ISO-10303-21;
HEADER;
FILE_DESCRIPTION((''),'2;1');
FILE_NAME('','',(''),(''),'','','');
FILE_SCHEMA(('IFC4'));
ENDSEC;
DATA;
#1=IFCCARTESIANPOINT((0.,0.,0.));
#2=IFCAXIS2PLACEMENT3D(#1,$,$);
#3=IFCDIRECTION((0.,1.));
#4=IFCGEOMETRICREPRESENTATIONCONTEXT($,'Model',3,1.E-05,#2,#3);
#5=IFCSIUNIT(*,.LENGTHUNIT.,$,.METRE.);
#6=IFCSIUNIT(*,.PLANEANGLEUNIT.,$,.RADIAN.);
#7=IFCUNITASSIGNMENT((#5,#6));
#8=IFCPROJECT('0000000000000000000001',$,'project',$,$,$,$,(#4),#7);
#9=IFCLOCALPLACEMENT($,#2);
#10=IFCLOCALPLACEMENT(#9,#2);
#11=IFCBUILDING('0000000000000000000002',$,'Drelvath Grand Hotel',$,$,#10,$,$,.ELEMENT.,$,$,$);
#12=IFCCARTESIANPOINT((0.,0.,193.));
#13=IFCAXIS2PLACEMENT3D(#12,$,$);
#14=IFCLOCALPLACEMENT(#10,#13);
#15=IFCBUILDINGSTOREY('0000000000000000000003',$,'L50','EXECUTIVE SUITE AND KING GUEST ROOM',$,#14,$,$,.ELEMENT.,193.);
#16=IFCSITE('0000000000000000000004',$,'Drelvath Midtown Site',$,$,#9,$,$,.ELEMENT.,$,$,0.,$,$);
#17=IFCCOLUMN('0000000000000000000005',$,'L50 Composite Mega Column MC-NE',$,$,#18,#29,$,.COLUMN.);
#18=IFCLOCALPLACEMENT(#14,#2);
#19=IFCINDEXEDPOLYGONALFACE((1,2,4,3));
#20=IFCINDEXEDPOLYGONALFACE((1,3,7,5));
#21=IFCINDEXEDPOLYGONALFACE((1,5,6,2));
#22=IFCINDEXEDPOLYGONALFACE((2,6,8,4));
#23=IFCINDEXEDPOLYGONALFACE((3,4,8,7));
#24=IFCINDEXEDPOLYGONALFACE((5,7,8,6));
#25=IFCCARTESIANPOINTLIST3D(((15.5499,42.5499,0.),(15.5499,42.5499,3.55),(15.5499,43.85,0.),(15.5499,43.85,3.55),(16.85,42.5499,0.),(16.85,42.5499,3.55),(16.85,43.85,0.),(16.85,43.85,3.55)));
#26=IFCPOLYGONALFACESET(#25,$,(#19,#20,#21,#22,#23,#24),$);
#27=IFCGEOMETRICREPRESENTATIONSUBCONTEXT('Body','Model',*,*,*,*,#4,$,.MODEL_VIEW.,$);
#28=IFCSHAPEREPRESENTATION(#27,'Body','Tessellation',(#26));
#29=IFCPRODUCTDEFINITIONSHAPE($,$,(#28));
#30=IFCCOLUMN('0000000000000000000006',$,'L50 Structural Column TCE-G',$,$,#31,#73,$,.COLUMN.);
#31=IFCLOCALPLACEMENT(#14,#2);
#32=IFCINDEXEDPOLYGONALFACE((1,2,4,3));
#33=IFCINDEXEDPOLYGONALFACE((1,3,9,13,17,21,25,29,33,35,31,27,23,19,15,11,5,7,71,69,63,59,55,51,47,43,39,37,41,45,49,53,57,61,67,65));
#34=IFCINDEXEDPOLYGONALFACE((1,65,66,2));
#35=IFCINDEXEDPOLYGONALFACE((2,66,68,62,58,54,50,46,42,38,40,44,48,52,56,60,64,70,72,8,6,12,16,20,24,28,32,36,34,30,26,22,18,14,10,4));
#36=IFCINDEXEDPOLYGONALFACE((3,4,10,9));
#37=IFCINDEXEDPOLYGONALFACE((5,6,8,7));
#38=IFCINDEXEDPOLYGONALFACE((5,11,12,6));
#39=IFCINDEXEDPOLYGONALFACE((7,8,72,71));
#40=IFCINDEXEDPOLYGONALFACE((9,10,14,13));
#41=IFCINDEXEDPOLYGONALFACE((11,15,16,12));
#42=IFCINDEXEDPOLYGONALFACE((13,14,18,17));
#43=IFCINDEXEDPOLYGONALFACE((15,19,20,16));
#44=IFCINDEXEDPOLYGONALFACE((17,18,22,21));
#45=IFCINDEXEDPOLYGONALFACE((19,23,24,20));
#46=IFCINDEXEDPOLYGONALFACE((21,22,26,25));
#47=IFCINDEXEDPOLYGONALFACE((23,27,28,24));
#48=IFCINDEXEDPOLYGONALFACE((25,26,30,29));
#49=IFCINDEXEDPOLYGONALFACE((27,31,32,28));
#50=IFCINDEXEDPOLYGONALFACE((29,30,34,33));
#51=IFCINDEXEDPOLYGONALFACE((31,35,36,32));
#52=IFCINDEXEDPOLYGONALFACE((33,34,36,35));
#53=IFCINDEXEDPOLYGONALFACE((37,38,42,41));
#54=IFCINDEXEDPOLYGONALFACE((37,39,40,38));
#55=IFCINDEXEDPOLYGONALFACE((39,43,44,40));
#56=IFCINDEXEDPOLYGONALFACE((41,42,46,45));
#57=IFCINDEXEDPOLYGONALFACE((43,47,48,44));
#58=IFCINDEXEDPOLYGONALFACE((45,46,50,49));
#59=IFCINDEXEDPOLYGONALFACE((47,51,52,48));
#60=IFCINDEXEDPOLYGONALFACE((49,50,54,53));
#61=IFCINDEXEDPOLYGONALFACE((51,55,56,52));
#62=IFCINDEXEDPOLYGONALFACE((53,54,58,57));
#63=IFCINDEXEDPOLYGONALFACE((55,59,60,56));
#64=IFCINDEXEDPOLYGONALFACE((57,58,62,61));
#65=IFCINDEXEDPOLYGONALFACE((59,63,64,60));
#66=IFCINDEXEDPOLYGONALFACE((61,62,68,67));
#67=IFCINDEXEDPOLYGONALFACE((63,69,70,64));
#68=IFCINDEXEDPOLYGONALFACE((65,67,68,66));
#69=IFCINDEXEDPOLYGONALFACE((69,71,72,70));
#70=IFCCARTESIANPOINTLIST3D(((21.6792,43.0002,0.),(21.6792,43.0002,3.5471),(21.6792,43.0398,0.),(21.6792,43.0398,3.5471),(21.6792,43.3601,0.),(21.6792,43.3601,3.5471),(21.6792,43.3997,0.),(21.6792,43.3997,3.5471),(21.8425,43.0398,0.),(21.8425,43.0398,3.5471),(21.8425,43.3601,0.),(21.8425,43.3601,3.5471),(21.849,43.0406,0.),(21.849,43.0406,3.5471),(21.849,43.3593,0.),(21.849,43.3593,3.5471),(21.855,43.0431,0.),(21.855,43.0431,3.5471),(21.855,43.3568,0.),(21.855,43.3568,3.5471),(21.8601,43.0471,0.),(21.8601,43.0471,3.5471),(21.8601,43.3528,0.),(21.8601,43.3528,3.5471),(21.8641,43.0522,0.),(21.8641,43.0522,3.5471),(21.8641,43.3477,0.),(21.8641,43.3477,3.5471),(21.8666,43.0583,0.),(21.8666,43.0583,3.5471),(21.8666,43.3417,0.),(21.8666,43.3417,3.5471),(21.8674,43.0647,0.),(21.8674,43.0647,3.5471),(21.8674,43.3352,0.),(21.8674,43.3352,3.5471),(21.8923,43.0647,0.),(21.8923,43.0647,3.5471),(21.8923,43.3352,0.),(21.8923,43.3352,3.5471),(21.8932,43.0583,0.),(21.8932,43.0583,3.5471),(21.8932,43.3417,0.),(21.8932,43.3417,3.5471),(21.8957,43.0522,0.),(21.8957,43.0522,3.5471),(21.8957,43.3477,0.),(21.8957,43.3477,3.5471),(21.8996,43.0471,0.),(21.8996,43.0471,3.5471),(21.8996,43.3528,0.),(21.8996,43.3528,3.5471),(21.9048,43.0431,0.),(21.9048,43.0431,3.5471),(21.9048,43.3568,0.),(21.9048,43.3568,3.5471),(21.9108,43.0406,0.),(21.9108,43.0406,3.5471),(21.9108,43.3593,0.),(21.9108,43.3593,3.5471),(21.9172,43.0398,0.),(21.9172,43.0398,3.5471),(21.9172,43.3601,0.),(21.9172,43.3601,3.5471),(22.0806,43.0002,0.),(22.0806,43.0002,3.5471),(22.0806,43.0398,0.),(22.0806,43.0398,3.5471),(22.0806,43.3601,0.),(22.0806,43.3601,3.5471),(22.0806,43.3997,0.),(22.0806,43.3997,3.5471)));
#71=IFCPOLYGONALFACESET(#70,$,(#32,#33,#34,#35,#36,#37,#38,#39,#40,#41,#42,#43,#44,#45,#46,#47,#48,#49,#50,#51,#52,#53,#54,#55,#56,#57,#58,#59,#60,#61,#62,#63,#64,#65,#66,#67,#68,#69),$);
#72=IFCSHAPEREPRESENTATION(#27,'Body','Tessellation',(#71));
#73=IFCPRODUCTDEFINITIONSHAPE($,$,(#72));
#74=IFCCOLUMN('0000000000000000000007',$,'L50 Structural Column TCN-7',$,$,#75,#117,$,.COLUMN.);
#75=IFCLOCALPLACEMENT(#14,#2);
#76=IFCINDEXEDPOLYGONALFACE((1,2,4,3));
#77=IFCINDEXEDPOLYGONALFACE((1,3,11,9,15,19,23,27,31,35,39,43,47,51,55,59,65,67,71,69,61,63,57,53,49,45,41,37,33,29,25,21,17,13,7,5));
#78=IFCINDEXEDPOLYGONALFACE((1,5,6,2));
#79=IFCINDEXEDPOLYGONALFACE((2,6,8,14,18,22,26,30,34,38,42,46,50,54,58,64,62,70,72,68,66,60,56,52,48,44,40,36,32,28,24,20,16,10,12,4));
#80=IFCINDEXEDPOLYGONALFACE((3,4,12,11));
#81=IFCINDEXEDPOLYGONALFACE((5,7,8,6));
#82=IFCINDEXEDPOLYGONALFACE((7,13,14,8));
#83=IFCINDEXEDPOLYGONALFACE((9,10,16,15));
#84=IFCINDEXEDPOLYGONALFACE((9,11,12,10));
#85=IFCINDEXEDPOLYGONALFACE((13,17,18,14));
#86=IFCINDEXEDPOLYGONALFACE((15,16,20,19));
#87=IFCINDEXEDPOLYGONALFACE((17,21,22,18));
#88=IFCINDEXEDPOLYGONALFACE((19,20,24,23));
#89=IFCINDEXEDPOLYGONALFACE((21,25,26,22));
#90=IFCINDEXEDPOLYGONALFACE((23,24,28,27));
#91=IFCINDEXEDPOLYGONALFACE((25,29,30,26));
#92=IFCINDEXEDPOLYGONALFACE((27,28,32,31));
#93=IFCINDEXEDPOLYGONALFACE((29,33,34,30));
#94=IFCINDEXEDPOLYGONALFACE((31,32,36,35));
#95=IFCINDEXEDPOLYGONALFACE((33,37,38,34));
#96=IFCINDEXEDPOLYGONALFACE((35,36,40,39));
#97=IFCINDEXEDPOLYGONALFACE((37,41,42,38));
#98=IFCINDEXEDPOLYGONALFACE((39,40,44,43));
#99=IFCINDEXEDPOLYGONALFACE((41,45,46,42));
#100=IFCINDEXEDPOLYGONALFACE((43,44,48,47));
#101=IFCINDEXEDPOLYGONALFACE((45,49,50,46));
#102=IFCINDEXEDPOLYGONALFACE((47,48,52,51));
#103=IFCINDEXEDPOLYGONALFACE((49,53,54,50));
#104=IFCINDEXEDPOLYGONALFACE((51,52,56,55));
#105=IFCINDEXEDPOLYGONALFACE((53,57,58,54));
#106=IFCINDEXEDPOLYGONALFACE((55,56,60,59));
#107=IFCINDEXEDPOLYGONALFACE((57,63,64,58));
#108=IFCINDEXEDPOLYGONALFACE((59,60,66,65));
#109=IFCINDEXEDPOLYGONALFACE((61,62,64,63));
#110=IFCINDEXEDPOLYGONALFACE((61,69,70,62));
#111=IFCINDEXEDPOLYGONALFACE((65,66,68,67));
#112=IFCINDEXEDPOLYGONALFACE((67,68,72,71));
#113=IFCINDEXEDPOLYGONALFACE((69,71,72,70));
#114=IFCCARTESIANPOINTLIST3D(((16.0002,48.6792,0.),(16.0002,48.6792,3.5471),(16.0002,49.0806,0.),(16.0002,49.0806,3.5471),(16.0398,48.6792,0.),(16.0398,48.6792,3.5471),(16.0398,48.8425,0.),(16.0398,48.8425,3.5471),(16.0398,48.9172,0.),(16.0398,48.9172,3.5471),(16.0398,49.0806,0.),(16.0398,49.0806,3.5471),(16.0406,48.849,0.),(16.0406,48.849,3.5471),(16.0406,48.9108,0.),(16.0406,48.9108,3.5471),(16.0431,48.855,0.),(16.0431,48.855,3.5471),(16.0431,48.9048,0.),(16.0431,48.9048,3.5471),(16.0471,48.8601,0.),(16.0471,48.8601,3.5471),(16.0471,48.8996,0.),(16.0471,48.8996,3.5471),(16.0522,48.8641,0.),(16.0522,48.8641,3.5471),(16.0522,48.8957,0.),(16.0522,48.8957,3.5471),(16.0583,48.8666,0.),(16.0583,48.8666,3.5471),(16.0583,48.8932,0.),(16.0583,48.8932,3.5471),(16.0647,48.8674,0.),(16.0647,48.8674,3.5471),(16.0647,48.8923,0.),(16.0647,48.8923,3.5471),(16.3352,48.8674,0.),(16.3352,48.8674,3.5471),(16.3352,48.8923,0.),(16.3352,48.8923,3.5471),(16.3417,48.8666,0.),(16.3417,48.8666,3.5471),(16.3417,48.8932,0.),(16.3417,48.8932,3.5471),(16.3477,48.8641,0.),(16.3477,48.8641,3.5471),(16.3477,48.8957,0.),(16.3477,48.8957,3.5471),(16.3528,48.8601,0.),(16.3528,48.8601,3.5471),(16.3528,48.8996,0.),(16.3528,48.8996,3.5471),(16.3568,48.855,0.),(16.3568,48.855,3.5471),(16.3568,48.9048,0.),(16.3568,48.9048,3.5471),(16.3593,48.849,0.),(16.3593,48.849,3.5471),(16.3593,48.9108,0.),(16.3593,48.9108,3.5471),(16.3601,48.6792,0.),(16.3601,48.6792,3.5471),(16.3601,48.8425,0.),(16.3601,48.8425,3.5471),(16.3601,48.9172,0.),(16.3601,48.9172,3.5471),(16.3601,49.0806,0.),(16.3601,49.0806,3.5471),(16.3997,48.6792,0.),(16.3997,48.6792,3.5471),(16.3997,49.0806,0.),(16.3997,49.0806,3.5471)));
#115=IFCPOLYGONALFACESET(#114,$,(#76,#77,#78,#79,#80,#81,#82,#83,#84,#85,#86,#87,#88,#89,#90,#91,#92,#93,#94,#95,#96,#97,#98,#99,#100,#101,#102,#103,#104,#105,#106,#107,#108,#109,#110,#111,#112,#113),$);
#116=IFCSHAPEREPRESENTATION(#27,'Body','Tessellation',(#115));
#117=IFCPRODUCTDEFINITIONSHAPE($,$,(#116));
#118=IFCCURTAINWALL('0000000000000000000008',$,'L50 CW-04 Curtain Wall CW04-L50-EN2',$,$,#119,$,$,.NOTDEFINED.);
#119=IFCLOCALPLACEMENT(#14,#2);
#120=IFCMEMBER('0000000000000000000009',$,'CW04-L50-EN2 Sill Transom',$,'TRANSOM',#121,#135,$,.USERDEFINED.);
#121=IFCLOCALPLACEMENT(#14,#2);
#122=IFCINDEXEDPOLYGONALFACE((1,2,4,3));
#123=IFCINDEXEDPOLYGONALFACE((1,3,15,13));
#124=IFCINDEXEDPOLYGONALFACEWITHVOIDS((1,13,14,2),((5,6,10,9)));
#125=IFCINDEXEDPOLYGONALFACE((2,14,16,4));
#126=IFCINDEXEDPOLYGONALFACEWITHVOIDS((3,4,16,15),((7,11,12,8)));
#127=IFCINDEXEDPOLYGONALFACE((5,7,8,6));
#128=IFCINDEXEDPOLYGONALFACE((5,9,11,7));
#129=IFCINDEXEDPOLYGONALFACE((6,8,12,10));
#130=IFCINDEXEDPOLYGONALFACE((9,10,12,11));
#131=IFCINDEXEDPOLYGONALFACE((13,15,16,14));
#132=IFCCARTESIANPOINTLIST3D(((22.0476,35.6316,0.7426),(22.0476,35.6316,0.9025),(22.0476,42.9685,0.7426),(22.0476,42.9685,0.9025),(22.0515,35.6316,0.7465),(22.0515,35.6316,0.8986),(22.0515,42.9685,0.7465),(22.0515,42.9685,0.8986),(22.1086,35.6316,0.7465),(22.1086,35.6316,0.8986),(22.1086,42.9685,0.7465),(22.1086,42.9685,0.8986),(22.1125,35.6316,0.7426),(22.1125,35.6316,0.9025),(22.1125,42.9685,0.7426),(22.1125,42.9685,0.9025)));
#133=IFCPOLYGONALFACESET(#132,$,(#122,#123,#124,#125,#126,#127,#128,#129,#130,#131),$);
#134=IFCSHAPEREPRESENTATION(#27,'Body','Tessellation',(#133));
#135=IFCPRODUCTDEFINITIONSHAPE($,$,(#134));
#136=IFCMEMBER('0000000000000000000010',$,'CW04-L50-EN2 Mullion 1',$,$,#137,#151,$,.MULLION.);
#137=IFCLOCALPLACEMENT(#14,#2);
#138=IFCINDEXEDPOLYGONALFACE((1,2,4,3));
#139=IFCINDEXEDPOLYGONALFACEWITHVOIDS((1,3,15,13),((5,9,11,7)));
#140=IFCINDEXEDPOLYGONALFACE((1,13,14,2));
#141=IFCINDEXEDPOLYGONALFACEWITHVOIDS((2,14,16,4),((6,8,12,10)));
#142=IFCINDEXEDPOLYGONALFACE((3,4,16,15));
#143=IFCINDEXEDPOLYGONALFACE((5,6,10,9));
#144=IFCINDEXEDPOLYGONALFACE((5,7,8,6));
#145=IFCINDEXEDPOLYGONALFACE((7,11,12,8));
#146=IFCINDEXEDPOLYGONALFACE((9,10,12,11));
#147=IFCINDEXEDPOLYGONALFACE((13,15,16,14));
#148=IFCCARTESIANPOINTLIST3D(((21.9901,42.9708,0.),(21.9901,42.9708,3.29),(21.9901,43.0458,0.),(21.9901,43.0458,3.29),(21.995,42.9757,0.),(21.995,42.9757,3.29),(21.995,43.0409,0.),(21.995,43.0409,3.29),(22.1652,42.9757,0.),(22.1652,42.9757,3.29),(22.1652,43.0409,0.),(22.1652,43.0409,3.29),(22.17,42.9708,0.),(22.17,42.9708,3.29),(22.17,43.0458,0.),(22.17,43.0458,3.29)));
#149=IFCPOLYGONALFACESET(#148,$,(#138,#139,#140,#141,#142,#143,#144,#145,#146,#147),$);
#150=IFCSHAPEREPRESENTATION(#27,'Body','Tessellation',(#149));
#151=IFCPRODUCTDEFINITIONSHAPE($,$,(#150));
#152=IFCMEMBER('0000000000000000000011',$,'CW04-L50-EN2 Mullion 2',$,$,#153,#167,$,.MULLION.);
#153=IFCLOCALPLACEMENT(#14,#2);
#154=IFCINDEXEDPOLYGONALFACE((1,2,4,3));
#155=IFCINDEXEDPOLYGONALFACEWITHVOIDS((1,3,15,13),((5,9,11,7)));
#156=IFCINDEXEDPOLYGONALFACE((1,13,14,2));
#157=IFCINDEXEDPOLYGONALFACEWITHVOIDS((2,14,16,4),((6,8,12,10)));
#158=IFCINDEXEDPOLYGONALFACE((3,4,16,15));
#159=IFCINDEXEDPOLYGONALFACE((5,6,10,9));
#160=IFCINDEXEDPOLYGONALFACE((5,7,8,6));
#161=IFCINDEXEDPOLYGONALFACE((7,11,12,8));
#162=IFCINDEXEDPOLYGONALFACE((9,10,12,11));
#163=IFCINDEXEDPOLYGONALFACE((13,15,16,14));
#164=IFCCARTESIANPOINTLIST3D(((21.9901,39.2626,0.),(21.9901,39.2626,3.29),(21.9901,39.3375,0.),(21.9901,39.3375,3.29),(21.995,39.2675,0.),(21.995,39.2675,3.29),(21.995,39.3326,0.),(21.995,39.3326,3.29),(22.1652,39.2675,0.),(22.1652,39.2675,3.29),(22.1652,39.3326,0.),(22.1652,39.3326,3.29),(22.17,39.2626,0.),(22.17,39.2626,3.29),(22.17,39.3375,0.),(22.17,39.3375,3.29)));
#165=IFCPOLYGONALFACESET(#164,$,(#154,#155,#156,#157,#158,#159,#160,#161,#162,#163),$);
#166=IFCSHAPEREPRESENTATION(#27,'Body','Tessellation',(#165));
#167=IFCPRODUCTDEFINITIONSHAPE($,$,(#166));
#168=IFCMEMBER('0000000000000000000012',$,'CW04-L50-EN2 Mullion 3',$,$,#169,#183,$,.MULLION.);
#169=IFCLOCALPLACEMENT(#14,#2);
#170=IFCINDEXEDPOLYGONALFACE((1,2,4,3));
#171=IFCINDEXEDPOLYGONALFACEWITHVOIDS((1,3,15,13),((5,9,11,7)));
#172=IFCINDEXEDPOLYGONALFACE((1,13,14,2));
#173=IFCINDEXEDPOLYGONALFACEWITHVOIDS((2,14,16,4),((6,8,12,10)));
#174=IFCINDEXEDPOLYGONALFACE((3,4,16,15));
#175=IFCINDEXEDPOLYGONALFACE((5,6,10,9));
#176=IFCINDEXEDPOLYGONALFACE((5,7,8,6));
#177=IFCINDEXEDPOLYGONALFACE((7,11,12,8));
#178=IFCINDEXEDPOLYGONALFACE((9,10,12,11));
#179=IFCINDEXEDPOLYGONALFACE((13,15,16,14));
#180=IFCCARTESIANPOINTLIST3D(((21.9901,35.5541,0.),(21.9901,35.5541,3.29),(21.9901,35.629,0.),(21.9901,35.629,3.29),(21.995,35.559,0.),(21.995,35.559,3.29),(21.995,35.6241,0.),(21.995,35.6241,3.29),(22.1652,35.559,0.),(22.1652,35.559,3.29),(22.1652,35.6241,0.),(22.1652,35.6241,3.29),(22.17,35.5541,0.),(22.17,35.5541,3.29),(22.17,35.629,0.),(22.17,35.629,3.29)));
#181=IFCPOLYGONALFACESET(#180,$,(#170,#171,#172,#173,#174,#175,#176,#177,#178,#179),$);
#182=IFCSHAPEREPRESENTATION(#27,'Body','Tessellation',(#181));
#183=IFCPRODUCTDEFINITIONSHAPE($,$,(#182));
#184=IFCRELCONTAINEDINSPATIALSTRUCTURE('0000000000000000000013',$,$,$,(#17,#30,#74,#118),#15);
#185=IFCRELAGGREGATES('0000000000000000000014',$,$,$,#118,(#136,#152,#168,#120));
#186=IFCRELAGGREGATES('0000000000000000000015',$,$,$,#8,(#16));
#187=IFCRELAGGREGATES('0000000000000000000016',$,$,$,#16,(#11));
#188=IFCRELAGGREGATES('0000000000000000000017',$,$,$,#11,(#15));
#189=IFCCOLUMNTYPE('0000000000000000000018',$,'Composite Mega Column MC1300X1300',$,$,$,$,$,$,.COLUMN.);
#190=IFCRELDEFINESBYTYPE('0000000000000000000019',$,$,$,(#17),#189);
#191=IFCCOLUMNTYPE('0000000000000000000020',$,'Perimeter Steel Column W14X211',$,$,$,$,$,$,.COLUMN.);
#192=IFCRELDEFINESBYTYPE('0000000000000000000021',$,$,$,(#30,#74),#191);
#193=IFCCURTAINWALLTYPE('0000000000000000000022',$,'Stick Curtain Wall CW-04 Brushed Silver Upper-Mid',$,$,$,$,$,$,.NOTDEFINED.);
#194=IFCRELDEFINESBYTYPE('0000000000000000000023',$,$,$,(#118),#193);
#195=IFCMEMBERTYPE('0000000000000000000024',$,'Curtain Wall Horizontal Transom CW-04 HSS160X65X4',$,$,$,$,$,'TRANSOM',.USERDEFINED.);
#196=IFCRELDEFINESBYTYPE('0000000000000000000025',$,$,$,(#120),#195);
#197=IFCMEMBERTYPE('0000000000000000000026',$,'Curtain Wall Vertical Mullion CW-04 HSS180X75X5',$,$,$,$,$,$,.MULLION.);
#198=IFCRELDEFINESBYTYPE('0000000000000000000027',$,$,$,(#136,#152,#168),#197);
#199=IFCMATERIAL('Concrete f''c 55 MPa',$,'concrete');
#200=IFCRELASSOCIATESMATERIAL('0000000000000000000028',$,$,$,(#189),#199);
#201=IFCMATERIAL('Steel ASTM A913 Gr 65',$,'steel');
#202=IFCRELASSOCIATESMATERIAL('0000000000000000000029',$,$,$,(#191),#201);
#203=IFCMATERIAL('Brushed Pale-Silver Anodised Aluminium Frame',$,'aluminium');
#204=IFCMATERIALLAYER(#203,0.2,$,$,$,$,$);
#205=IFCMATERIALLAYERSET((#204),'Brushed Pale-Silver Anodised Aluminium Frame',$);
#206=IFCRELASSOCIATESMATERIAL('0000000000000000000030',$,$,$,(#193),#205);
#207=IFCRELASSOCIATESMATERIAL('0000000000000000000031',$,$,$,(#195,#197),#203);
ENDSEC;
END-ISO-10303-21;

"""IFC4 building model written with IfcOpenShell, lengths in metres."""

from ifc_helpers import new_model, si_unit, direction, frame, origin, origin_2d, place, context, subcontext, project, spatial, rectangle, hollow_rectangle, i_section, extrude, material, layer, layer_set, material_profile, profile_set, type_object, element, aggregate, save


model = new_model("IFC4")

# Units and contexts
model_context = context("Model", 3, precision=1e-05, world=origin(), true_north=direction((0.0, 1.0)))
body_context = subcontext(model_context, "Body", "Model", "MODEL_VIEW")
ifc_project = project(units=[si_unit("LENGTHUNIT", "METRE"), si_unit("PLANEANGLEUNIT", "RADIAN")], contexts=[model_context])

# Site, building, storey
site_placement = place(None, origin())
site = spatial("IfcSite", under=ifc_project, at=site_placement, Name="Drelvath Midtown Site", CompositionType="ELEMENT", RefElevation=0.0)
building_placement = place(site_placement, origin())
building = spatial("IfcBuilding", under=site, at=building_placement, Name="Drelvath Grand Hotel", CompositionType="ELEMENT")
storey_placement = place(building_placement, frame((0.0, 0.0, 193.0)))
storey = spatial("IfcBuildingStorey", under=building, at=storey_placement, Name="L50", Description="EXECUTIVE SUITE AND KING GUEST ROOM", CompositionType="ELEMENT", Elevation=193.0)

# Columns
ifc_material_1 = material(Name="Concrete f'c 55 MPa", Category="concrete")
ifc_material_profile_1 = material_profile(ifc_material_1, rectangle(XDim=1.3, YDim=1.3, at=origin_2d()), Name="MC1300X1300")
ifc_profile_set_1 = profile_set([ifc_material_profile_1], Name="Concrete f'c 55 MPa")
column_type_1 = type_object("IfcColumnType", Name="Composite Mega Column MC1300X1300", PredefinedType="COLUMN", material=ifc_profile_set_1)
column_placement = place(storey_placement, frame((16.2, 43.2, 0.0), z_axis=(0.0, 0.0, 1.0), x_axis=(1.0, 0.0, 0.0)))
element("IfcColumn", 1, at=column_placement, inside=storey, type_object=column_type_1, Name="L50 Composite Mega Column MC-NE", PredefinedType="COLUMN", context=body_context, shape_type="SweptSolid", body=[
    extrude(rectangle(XDim=1.3, YDim=1.3, at=origin_2d()), origin(), (0.0, 0.0, 1.0), 3.55),
])
ifc_material_2 = material(Name="Steel ASTM A913 Gr 65", Category="steel")
ifc_material_profile_2 = material_profile(ifc_material_2, i_section(OverallWidth=0.4014, OverallDepth=0.3994, WebThickness=0.0249, FlangeThickness=0.0396, FilletRadius=0.0249, at=origin_2d()), Name="W14X211")
ifc_profile_set_2 = profile_set([ifc_material_profile_2], Name="Steel ASTM A913 Gr 65")
column_type_2 = type_object("IfcColumnType", Name="Perimeter Steel Column W14X211", PredefinedType="COLUMN", material=ifc_profile_set_2)
for number, where, z_axis, x_axis, name in (
    (2, (21.8799, 43.2, 0.0), (0.0, 0.0, 1.0), (1.0, 0.0, 0.0), "L50 Structural Column TCE-G"),
    (3, (16.2, 48.8799, 0.0), (0.0, 0.0, 1.0), (0.0, 1.0, 0.0), "L50 Structural Column TCN-7"),
):
    element("IfcColumn", number, at=place(storey_placement, frame(where, z_axis=z_axis, x_axis=x_axis)), inside=storey, type_object=column_type_2, Name=name, PredefinedType="COLUMN", context=body_context, shape_type="SweptSolid", body=[
        extrude(i_section(OverallWidth=0.4014, OverallDepth=0.3994, WebThickness=0.0249, FlangeThickness=0.0396, FilletRadius=0.0249, at=origin_2d()), origin(), (0.0, 0.0, 1.0), 3.5471),
    ])

# Curtain wall, members
ifc_material_3 = material(Name="Brushed Pale-Silver Anodised Aluminium Frame", Category="aluminium")
ifc_layer_1 = layer(ifc_material_3, 0.2)
ifc_layer_set_1 = layer_set([ifc_layer_1], Name="Brushed Pale-Silver Anodised Aluminium Frame")
curtain_wall_type = type_object("IfcCurtainWallType", Name="Stick Curtain Wall CW-04 Brushed Silver Upper-Mid", PredefinedType="NOTDEFINED", material=ifc_layer_set_1)
curtain_wall_1_placement = place(storey_placement, origin())
curtain_wall_1 = element("IfcCurtainWall", 4, at=curtain_wall_1_placement, inside=storey, type_object=curtain_wall_type, Name="L50 CW-04 Curtain Wall CW04-L50-EN2", PredefinedType="NOTDEFINED")
ifc_material_profile_3 = material_profile(ifc_material_3, hollow_rectangle(XDim=0.0649, YDim=0.1599, WallThickness=0.0039, at=origin_2d()), Name="HSS160X65X4")
ifc_profile_set_3 = profile_set([ifc_material_profile_3], Name="Brushed Pale-Silver Anodised Aluminium Frame")
member_type_1 = type_object("IfcMemberType", Name="Curtain Wall Horizontal Transom CW-04 HSS160X65X4", ElementType="TRANSOM", PredefinedType="USERDEFINED", material=ifc_profile_set_3)
member_1_placement = place(storey_placement, frame((22.0801, 42.9685, 0.8225), z_axis=(0.0, -1.0, 0.0), x_axis=(1.0, 0.0, 0.0)))
member_1 = element("IfcMember", 5, at=member_1_placement, type_object=member_type_1, Name="CW04-L50-EN2 Sill Transom", ObjectType="TRANSOM", PredefinedType="USERDEFINED", context=body_context, shape_type="SweptSolid", body=[
    extrude(hollow_rectangle(XDim=0.0649, YDim=0.1599, WallThickness=0.0039, at=origin_2d()), origin(), (0.0, 0.0, 1.0), 7.3369),
])
ifc_material_profile_4 = material_profile(ifc_material_3, hollow_rectangle(XDim=0.075, YDim=0.1799, WallThickness=0.0049, at=origin_2d()), Name="HSS180X75X5")
ifc_profile_set_4 = profile_set([ifc_material_profile_4], Name="Brushed Pale-Silver Anodised Aluminium Frame")
member_type_2 = type_object("IfcMemberType", Name="Curtain Wall Vertical Mullion CW-04 HSS180X75X5", PredefinedType="MULLION", material=ifc_profile_set_4)
member_2_placement = place(storey_placement, frame((22.0801, 43.0083, 0.0), z_axis=(0.0, 0.0, 1.0), x_axis=(0.0, 1.0, 0.0)))
member_2 = element("IfcMember", 6, at=member_2_placement, type_object=member_type_2, Name="CW04-L50-EN2 Mullion 1", PredefinedType="MULLION", context=body_context, shape_type="SweptSolid", body=[
    extrude(hollow_rectangle(XDim=0.075, YDim=0.1799, WallThickness=0.0049, at=origin_2d()), origin(), (0.0, 0.0, 1.0), 3.29),
])
member_3_placement = place(storey_placement, frame((22.0801, 39.3, 0.0), z_axis=(0.0, 0.0, 1.0), x_axis=(0.0, 1.0, 0.0)))
member_3 = element("IfcMember", 7, at=member_3_placement, type_object=member_type_2, Name="CW04-L50-EN2 Mullion 2", PredefinedType="MULLION", context=body_context, shape_type="SweptSolid", body=[
    extrude(hollow_rectangle(XDim=0.075, YDim=0.1799, WallThickness=0.0049, at=origin_2d()), origin(), (0.0, 0.0, 1.0), 3.29),
])
member_4_placement = place(storey_placement, frame((22.0801, 35.5916, 0.0), z_axis=(0.0, 0.0, 1.0), x_axis=(0.0, 1.0, 0.0)))
member_4 = element("IfcMember", 8, at=member_4_placement, type_object=member_type_2, Name="CW04-L50-EN2 Mullion 3", PredefinedType="MULLION", context=body_context, shape_type="SweptSolid", body=[
    extrude(hollow_rectangle(XDim=0.075, YDim=0.1799, WallThickness=0.0049, at=origin_2d()), origin(), (0.0, 0.0, 1.0), 3.29),
])

aggregate(curtain_wall_1, [member_2, member_3, member_4, member_1])

save(model, "model.ifc")
